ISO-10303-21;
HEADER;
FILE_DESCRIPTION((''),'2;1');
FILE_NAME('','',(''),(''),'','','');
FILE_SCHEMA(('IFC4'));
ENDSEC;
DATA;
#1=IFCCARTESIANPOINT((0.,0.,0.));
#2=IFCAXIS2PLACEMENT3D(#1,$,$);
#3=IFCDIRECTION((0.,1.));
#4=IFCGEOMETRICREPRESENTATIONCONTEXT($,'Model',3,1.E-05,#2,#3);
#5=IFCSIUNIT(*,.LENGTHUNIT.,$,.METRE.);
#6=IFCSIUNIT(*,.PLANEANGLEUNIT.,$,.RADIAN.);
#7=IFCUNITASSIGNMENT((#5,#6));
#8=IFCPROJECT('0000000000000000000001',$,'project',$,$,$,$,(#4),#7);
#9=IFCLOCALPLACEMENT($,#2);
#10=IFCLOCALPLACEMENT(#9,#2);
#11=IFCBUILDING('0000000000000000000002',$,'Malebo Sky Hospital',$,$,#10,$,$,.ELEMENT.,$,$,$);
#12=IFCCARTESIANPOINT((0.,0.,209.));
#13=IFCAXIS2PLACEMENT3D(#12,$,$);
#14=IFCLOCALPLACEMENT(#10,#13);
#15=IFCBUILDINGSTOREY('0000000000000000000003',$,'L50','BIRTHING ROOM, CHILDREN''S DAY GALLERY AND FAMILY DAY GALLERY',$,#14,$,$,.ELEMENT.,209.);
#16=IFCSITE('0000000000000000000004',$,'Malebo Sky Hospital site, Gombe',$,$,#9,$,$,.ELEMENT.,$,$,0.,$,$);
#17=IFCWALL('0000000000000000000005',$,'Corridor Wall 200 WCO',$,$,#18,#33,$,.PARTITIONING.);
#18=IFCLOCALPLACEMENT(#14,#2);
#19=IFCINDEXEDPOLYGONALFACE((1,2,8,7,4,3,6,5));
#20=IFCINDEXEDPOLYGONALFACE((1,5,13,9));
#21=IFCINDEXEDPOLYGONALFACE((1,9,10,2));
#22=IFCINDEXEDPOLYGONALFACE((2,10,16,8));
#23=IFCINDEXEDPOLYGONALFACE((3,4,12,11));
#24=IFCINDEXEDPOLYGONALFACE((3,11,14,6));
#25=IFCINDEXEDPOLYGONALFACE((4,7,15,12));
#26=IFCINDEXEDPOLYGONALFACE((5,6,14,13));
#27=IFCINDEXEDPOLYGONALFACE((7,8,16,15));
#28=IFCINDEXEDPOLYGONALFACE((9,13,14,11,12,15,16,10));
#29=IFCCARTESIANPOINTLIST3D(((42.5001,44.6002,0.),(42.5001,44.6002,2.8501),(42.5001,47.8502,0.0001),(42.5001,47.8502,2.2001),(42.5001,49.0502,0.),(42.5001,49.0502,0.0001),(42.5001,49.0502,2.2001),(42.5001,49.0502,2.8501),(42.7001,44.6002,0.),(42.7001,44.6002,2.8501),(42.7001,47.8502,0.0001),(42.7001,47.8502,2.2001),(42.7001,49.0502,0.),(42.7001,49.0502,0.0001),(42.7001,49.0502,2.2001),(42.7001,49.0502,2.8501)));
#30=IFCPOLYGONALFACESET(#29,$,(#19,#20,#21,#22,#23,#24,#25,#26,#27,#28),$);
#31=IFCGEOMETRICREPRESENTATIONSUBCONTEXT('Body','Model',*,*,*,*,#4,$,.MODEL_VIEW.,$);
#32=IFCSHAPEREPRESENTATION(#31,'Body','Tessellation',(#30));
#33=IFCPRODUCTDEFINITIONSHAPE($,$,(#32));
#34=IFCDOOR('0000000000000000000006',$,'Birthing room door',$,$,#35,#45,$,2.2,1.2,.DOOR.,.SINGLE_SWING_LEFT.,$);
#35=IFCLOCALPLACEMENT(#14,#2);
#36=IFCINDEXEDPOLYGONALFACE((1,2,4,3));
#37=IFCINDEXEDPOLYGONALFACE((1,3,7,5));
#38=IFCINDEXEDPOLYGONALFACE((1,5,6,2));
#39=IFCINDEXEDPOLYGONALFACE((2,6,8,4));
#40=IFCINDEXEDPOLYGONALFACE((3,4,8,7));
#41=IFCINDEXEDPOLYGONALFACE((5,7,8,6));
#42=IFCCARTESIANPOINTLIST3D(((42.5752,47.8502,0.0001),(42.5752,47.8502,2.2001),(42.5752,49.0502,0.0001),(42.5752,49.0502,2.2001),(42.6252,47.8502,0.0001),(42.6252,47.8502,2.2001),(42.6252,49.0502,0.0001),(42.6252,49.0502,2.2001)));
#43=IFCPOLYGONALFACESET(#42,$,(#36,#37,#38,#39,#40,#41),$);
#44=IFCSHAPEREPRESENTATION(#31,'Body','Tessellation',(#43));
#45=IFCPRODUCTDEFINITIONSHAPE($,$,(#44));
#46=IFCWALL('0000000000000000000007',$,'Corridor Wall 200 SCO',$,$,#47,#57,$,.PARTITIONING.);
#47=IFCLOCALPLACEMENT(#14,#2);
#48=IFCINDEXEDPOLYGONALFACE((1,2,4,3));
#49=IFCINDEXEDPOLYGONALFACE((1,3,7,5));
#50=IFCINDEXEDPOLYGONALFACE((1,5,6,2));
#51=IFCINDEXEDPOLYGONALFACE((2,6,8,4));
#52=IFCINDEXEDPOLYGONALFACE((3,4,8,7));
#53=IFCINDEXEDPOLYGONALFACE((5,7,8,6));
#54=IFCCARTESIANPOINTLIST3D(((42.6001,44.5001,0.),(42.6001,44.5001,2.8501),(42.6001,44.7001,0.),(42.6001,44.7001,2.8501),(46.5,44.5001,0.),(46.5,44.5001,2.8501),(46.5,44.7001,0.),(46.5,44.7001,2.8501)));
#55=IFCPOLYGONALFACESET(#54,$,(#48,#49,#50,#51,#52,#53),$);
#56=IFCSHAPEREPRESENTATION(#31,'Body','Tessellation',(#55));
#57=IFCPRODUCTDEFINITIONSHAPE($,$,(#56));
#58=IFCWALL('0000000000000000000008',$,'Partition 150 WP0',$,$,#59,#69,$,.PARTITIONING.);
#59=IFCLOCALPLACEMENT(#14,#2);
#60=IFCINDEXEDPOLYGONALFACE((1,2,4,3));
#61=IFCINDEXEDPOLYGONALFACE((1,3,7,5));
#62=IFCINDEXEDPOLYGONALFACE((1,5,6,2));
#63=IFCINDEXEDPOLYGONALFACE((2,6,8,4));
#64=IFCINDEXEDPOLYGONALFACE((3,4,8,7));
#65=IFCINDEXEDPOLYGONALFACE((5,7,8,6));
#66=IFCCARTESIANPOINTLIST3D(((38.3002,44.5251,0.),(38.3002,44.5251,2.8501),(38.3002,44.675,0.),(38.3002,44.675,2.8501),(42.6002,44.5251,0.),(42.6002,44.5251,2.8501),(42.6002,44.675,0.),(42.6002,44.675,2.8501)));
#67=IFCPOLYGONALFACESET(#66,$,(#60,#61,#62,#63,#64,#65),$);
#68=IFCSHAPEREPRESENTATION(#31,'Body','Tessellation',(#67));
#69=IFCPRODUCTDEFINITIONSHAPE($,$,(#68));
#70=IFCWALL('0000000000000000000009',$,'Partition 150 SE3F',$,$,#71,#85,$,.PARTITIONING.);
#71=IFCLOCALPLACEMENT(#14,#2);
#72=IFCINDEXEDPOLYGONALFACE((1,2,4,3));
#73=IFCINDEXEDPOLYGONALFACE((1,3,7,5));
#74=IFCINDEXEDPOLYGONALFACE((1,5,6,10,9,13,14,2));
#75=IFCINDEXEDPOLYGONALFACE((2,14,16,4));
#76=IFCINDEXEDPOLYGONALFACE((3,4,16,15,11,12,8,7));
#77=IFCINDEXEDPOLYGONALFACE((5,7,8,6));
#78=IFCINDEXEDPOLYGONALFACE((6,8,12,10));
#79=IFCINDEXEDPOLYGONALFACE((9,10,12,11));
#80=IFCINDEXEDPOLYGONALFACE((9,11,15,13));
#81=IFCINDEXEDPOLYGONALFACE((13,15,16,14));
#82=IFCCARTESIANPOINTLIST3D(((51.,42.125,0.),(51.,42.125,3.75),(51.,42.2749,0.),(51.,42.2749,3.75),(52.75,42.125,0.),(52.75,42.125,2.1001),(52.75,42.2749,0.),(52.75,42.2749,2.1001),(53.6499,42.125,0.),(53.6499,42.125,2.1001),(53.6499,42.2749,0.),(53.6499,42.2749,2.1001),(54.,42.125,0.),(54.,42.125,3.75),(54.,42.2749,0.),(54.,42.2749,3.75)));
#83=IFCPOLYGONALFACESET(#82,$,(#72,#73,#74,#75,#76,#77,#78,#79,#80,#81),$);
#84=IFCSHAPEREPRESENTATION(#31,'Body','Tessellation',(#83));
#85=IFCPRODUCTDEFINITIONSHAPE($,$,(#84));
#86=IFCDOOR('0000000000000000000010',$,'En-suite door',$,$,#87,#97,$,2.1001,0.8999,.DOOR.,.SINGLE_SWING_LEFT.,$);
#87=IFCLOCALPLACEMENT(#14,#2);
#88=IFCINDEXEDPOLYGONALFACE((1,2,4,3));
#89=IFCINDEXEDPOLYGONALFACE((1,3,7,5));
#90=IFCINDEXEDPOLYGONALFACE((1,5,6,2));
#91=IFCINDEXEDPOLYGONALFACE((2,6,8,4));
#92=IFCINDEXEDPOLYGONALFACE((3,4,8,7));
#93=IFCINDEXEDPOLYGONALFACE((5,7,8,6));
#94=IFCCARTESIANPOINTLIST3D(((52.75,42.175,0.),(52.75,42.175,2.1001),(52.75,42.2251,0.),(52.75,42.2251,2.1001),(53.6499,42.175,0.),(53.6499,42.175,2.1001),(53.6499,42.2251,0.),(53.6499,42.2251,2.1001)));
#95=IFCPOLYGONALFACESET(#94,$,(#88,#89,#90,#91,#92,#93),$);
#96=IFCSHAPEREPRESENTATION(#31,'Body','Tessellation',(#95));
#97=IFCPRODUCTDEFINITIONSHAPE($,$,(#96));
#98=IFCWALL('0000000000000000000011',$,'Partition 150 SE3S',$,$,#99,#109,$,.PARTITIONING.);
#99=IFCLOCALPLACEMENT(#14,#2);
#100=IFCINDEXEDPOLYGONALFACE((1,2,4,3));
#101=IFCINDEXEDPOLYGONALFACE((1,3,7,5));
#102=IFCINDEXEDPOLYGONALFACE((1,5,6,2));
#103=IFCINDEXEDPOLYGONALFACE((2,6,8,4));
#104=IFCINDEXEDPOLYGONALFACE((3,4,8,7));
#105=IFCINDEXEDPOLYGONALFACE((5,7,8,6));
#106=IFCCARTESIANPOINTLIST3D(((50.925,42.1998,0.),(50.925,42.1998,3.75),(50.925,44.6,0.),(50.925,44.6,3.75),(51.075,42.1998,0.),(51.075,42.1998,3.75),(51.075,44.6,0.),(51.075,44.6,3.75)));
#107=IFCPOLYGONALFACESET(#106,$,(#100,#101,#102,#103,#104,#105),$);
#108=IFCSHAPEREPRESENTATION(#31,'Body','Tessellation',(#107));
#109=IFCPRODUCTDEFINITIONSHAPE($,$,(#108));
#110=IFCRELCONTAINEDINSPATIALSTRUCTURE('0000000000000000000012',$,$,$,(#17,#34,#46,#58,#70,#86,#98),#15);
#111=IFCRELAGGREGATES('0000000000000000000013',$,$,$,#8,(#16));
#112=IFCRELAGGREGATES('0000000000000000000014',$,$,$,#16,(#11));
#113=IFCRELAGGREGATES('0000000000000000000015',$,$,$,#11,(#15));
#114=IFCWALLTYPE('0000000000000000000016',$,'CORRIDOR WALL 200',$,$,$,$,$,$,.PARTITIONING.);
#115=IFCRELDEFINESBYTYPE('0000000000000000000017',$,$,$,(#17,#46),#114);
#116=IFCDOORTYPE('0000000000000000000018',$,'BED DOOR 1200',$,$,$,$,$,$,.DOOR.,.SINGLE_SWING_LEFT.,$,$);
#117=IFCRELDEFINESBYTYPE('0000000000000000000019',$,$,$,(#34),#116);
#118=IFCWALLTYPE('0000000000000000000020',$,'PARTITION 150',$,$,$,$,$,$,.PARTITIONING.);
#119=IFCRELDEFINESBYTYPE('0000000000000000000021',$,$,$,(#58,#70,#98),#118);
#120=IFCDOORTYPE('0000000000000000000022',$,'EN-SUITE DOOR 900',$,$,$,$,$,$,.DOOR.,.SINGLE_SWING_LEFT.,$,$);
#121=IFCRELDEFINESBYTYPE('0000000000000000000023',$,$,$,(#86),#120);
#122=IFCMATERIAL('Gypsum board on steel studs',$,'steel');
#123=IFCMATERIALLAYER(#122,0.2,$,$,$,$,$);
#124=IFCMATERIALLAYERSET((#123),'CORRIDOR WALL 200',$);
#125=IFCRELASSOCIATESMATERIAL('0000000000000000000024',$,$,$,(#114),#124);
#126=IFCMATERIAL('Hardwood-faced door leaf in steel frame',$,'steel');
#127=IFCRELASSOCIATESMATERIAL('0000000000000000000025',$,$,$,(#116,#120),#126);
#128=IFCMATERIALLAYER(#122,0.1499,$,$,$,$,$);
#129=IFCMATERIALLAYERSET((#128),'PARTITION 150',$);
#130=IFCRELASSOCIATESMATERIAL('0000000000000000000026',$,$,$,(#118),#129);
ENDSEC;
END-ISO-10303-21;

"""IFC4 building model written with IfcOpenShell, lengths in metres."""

from ifc_helpers import new_model, si_unit, direction, frame, frame_2d, origin, place, context, subcontext, project, spatial, rectangle, extrude, material, layer, layer_set, type_object, element, fill, save


model = new_model("IFC4")

# Units and contexts
model_context = context("Model", 3, precision=1e-05, world=origin(), true_north=direction((0.0, 1.0)))
body_context = subcontext(model_context, "Body", "Model", "MODEL_VIEW")
ifc_project = project(units=[si_unit("LENGTHUNIT", "METRE"), si_unit("PLANEANGLEUNIT", "RADIAN")], contexts=[model_context])

# Site, building, storey
site_placement = place(None, origin())
site = spatial("IfcSite", under=ifc_project, at=site_placement, Name="Malebo Sky Hospital site, Gombe", CompositionType="ELEMENT", RefElevation=0.0)
building_placement = place(site_placement, origin())
building = spatial("IfcBuilding", under=site, at=building_placement, Name="Malebo Sky Hospital", CompositionType="ELEMENT")
storey_placement = place(building_placement, frame((0.0, 0.0, 209.0)))
storey = spatial("IfcBuildingStorey", under=building, at=storey_placement, Name="L50", Description="BIRTHING ROOM, CHILDREN'S DAY GALLERY AND FAMILY DAY GALLERY", CompositionType="ELEMENT", Elevation=209.0)

# Wall, opening, door
ifc_material_1 = material(Name="Gypsum board on steel studs", Category="steel")
ifc_layer_1 = layer(ifc_material_1, 0.2)
ifc_layer_set_1 = layer_set([ifc_layer_1], Name="CORRIDOR WALL 200")
wall_type_1 = type_object("IfcWallType", Name="CORRIDOR WALL 200", PredefinedType="PARTITIONING", material=ifc_layer_set_1)
wall_1_placement = place(storey_placement, frame((42.6001, 44.6001, 0.0), z_axis=(0.0, 0.0, 1.0), x_axis=(0.0, 1.0, 0.0)))
wall_1 = element("IfcWall", 1, at=wall_1_placement, inside=storey, type_object=wall_type_1, Name="Corridor Wall 200 WCO", PredefinedType="PARTITIONING", context=body_context, shape_type="SweptSolid", body=[
    extrude(rectangle(XDim=4.45, YDim=0.2, at=frame_2d((2.2251, 0.0))), origin(), (0.0, 0.0, 1.0), 2.8501),
])
opening_1_placement = place(wall_1_placement, frame((3.25, 0.0, 0.0)))
opening_1 = element("IfcOpeningElement", 2, at=opening_1_placement, cuts=wall_1, PredefinedType="OPENING", context=body_context, shape_type="SweptSolid", body=[
    extrude(rectangle(XDim=1.2, YDim=2.2, at=frame_2d((0.6001, 1.1001))), frame((0.0, 0.1099, 0.0), z_axis=(0.0, -1.0, 0.0), x_axis=(1.0, 0.0, 0.0)), (0.0, 0.0, 1.0), 0.22),
])
ifc_material_2 = material(Name="Hardwood-faced door leaf in steel frame", Category="steel")
door_type_1 = type_object("IfcDoorType", Name="BED DOOR 1200", OperationType="SINGLE_SWING_LEFT", PredefinedType="DOOR", material=ifc_material_2)
door_1_placement = place(opening_1_placement, origin())
door_1 = element("IfcDoor", 3, at=door_1_placement, inside=storey, type_object=door_type_1, Name="Birthing room door", OperationType="SINGLE_SWING_LEFT", OverallHeight=2.2, OverallWidth=1.2, PredefinedType="DOOR", context=body_context, shape_type="SweptSolid", body=[
    extrude(rectangle(XDim=1.2, YDim=2.2, at=frame_2d((0.6001, 1.1001))), frame((0.0, 0.0249, 0.0), z_axis=(0.0, -1.0, 0.0), x_axis=(1.0, 0.0, 0.0)), (0.0, 0.0, 1.0), 0.05),
])
fill(opening_1, door_1)

# Walls
wall_2_placement = place(storey_placement, frame((46.5, 44.6001, 0.0), z_axis=(0.0, 0.0, 1.0), x_axis=(-1.0, 0.0, 0.0)))
element("IfcWall", 4, at=wall_2_placement, inside=storey, type_object=wall_type_1, Name="Corridor Wall 200 SCO", PredefinedType="PARTITIONING", context=body_context, shape_type="SweptSolid", body=[
    extrude(rectangle(XDim=3.8999, YDim=0.2, at=frame_2d((1.95, 0.0))), origin(), (0.0, 0.0, 1.0), 2.8501),
])
ifc_layer_2 = layer(ifc_material_1, 0.1499)
ifc_layer_set_2 = layer_set([ifc_layer_2], Name="PARTITION 150")
wall_type_2 = type_object("IfcWallType", Name="PARTITION 150", PredefinedType="PARTITIONING", material=ifc_layer_set_2)
wall_3_placement = place(storey_placement, frame((42.6001, 44.6001, 0.0), z_axis=(0.0, 0.0, 1.0), x_axis=(-1.0, 0.0, 0.0)))
element("IfcWall", 5, at=wall_3_placement, inside=storey, type_object=wall_type_2, Name="Partition 150 WP0", PredefinedType="PARTITIONING", context=body_context, shape_type="SweptSolid", body=[
    extrude(rectangle(XDim=4.3, YDim=0.1499, at=frame_2d((2.1499, 0.0))), origin(), (0.0, 0.0, 1.0), 2.8501),
])

# Wall, opening, door
wall_4_placement = place(storey_placement, frame((54.0, 42.2, 0.0), z_axis=(0.0, 0.0, 1.0), x_axis=(-1.0, 0.0, 0.0)))
wall_4 = element("IfcWall", 6, at=wall_4_placement, inside=storey, type_object=wall_type_2, Name="Partition 150 SE3F", PredefinedType="PARTITIONING", context=body_context, shape_type="SweptSolid", body=[
    extrude(rectangle(XDim=3.0, YDim=0.1499, at=frame_2d((1.5, 0.0))), origin(), (0.0, 0.0, 1.0), 3.75),
])
opening_2_placement = place(wall_4_placement, frame((0.3501, 0.0, 0.0)))
opening_2 = element("IfcOpeningElement", 7, at=opening_2_placement, cuts=wall_4, PredefinedType="OPENING", context=body_context, shape_type="SweptSolid", body=[
    extrude(rectangle(XDim=0.8999, YDim=2.1001, at=frame_2d((0.45, 1.05))), frame((0.0, 0.085, 0.0), z_axis=(0.0, -1.0, 0.0), x_axis=(1.0, 0.0, 0.0)), (0.0, 0.0, 1.0), 0.1699),
])
door_type_2 = type_object("IfcDoorType", Name="EN-SUITE DOOR 900", OperationType="SINGLE_SWING_LEFT", PredefinedType="DOOR", material=ifc_material_2)
door_2_placement = place(opening_2_placement, origin())
door_2 = element("IfcDoor", 8, at=door_2_placement, inside=storey, type_object=door_type_2, Name="En-suite door", OperationType="SINGLE_SWING_LEFT", OverallHeight=2.1001, OverallWidth=0.8999, PredefinedType="DOOR", context=body_context, shape_type="SweptSolid", body=[
    extrude(rectangle(XDim=0.8999, YDim=2.1001, at=frame_2d((0.45, 1.05))), frame((0.0, 0.0249, 0.0), z_axis=(0.0, -1.0, 0.0), x_axis=(1.0, 0.0, 0.0)), (0.0, 0.0, 1.0), 0.05),
])
fill(opening_2, door_2)

# Wall
wall_5_placement = place(storey_placement, frame((51.0, 44.6001, 0.0), z_axis=(0.0, 0.0, 1.0), x_axis=(0.0, -1.0, 0.0)))
element("IfcWall", 9, at=wall_5_placement, inside=storey, type_object=wall_type_2, Name="Partition 150 SE3S", PredefinedType="PARTITIONING", context=body_context, shape_type="SweptSolid", body=[
    extrude(rectangle(XDim=2.4001, YDim=0.1499, at=frame_2d((1.2002, 0.0))), origin(), (0.0, 0.0, 1.0), 3.75),
])

save(model, "model.ifc")
